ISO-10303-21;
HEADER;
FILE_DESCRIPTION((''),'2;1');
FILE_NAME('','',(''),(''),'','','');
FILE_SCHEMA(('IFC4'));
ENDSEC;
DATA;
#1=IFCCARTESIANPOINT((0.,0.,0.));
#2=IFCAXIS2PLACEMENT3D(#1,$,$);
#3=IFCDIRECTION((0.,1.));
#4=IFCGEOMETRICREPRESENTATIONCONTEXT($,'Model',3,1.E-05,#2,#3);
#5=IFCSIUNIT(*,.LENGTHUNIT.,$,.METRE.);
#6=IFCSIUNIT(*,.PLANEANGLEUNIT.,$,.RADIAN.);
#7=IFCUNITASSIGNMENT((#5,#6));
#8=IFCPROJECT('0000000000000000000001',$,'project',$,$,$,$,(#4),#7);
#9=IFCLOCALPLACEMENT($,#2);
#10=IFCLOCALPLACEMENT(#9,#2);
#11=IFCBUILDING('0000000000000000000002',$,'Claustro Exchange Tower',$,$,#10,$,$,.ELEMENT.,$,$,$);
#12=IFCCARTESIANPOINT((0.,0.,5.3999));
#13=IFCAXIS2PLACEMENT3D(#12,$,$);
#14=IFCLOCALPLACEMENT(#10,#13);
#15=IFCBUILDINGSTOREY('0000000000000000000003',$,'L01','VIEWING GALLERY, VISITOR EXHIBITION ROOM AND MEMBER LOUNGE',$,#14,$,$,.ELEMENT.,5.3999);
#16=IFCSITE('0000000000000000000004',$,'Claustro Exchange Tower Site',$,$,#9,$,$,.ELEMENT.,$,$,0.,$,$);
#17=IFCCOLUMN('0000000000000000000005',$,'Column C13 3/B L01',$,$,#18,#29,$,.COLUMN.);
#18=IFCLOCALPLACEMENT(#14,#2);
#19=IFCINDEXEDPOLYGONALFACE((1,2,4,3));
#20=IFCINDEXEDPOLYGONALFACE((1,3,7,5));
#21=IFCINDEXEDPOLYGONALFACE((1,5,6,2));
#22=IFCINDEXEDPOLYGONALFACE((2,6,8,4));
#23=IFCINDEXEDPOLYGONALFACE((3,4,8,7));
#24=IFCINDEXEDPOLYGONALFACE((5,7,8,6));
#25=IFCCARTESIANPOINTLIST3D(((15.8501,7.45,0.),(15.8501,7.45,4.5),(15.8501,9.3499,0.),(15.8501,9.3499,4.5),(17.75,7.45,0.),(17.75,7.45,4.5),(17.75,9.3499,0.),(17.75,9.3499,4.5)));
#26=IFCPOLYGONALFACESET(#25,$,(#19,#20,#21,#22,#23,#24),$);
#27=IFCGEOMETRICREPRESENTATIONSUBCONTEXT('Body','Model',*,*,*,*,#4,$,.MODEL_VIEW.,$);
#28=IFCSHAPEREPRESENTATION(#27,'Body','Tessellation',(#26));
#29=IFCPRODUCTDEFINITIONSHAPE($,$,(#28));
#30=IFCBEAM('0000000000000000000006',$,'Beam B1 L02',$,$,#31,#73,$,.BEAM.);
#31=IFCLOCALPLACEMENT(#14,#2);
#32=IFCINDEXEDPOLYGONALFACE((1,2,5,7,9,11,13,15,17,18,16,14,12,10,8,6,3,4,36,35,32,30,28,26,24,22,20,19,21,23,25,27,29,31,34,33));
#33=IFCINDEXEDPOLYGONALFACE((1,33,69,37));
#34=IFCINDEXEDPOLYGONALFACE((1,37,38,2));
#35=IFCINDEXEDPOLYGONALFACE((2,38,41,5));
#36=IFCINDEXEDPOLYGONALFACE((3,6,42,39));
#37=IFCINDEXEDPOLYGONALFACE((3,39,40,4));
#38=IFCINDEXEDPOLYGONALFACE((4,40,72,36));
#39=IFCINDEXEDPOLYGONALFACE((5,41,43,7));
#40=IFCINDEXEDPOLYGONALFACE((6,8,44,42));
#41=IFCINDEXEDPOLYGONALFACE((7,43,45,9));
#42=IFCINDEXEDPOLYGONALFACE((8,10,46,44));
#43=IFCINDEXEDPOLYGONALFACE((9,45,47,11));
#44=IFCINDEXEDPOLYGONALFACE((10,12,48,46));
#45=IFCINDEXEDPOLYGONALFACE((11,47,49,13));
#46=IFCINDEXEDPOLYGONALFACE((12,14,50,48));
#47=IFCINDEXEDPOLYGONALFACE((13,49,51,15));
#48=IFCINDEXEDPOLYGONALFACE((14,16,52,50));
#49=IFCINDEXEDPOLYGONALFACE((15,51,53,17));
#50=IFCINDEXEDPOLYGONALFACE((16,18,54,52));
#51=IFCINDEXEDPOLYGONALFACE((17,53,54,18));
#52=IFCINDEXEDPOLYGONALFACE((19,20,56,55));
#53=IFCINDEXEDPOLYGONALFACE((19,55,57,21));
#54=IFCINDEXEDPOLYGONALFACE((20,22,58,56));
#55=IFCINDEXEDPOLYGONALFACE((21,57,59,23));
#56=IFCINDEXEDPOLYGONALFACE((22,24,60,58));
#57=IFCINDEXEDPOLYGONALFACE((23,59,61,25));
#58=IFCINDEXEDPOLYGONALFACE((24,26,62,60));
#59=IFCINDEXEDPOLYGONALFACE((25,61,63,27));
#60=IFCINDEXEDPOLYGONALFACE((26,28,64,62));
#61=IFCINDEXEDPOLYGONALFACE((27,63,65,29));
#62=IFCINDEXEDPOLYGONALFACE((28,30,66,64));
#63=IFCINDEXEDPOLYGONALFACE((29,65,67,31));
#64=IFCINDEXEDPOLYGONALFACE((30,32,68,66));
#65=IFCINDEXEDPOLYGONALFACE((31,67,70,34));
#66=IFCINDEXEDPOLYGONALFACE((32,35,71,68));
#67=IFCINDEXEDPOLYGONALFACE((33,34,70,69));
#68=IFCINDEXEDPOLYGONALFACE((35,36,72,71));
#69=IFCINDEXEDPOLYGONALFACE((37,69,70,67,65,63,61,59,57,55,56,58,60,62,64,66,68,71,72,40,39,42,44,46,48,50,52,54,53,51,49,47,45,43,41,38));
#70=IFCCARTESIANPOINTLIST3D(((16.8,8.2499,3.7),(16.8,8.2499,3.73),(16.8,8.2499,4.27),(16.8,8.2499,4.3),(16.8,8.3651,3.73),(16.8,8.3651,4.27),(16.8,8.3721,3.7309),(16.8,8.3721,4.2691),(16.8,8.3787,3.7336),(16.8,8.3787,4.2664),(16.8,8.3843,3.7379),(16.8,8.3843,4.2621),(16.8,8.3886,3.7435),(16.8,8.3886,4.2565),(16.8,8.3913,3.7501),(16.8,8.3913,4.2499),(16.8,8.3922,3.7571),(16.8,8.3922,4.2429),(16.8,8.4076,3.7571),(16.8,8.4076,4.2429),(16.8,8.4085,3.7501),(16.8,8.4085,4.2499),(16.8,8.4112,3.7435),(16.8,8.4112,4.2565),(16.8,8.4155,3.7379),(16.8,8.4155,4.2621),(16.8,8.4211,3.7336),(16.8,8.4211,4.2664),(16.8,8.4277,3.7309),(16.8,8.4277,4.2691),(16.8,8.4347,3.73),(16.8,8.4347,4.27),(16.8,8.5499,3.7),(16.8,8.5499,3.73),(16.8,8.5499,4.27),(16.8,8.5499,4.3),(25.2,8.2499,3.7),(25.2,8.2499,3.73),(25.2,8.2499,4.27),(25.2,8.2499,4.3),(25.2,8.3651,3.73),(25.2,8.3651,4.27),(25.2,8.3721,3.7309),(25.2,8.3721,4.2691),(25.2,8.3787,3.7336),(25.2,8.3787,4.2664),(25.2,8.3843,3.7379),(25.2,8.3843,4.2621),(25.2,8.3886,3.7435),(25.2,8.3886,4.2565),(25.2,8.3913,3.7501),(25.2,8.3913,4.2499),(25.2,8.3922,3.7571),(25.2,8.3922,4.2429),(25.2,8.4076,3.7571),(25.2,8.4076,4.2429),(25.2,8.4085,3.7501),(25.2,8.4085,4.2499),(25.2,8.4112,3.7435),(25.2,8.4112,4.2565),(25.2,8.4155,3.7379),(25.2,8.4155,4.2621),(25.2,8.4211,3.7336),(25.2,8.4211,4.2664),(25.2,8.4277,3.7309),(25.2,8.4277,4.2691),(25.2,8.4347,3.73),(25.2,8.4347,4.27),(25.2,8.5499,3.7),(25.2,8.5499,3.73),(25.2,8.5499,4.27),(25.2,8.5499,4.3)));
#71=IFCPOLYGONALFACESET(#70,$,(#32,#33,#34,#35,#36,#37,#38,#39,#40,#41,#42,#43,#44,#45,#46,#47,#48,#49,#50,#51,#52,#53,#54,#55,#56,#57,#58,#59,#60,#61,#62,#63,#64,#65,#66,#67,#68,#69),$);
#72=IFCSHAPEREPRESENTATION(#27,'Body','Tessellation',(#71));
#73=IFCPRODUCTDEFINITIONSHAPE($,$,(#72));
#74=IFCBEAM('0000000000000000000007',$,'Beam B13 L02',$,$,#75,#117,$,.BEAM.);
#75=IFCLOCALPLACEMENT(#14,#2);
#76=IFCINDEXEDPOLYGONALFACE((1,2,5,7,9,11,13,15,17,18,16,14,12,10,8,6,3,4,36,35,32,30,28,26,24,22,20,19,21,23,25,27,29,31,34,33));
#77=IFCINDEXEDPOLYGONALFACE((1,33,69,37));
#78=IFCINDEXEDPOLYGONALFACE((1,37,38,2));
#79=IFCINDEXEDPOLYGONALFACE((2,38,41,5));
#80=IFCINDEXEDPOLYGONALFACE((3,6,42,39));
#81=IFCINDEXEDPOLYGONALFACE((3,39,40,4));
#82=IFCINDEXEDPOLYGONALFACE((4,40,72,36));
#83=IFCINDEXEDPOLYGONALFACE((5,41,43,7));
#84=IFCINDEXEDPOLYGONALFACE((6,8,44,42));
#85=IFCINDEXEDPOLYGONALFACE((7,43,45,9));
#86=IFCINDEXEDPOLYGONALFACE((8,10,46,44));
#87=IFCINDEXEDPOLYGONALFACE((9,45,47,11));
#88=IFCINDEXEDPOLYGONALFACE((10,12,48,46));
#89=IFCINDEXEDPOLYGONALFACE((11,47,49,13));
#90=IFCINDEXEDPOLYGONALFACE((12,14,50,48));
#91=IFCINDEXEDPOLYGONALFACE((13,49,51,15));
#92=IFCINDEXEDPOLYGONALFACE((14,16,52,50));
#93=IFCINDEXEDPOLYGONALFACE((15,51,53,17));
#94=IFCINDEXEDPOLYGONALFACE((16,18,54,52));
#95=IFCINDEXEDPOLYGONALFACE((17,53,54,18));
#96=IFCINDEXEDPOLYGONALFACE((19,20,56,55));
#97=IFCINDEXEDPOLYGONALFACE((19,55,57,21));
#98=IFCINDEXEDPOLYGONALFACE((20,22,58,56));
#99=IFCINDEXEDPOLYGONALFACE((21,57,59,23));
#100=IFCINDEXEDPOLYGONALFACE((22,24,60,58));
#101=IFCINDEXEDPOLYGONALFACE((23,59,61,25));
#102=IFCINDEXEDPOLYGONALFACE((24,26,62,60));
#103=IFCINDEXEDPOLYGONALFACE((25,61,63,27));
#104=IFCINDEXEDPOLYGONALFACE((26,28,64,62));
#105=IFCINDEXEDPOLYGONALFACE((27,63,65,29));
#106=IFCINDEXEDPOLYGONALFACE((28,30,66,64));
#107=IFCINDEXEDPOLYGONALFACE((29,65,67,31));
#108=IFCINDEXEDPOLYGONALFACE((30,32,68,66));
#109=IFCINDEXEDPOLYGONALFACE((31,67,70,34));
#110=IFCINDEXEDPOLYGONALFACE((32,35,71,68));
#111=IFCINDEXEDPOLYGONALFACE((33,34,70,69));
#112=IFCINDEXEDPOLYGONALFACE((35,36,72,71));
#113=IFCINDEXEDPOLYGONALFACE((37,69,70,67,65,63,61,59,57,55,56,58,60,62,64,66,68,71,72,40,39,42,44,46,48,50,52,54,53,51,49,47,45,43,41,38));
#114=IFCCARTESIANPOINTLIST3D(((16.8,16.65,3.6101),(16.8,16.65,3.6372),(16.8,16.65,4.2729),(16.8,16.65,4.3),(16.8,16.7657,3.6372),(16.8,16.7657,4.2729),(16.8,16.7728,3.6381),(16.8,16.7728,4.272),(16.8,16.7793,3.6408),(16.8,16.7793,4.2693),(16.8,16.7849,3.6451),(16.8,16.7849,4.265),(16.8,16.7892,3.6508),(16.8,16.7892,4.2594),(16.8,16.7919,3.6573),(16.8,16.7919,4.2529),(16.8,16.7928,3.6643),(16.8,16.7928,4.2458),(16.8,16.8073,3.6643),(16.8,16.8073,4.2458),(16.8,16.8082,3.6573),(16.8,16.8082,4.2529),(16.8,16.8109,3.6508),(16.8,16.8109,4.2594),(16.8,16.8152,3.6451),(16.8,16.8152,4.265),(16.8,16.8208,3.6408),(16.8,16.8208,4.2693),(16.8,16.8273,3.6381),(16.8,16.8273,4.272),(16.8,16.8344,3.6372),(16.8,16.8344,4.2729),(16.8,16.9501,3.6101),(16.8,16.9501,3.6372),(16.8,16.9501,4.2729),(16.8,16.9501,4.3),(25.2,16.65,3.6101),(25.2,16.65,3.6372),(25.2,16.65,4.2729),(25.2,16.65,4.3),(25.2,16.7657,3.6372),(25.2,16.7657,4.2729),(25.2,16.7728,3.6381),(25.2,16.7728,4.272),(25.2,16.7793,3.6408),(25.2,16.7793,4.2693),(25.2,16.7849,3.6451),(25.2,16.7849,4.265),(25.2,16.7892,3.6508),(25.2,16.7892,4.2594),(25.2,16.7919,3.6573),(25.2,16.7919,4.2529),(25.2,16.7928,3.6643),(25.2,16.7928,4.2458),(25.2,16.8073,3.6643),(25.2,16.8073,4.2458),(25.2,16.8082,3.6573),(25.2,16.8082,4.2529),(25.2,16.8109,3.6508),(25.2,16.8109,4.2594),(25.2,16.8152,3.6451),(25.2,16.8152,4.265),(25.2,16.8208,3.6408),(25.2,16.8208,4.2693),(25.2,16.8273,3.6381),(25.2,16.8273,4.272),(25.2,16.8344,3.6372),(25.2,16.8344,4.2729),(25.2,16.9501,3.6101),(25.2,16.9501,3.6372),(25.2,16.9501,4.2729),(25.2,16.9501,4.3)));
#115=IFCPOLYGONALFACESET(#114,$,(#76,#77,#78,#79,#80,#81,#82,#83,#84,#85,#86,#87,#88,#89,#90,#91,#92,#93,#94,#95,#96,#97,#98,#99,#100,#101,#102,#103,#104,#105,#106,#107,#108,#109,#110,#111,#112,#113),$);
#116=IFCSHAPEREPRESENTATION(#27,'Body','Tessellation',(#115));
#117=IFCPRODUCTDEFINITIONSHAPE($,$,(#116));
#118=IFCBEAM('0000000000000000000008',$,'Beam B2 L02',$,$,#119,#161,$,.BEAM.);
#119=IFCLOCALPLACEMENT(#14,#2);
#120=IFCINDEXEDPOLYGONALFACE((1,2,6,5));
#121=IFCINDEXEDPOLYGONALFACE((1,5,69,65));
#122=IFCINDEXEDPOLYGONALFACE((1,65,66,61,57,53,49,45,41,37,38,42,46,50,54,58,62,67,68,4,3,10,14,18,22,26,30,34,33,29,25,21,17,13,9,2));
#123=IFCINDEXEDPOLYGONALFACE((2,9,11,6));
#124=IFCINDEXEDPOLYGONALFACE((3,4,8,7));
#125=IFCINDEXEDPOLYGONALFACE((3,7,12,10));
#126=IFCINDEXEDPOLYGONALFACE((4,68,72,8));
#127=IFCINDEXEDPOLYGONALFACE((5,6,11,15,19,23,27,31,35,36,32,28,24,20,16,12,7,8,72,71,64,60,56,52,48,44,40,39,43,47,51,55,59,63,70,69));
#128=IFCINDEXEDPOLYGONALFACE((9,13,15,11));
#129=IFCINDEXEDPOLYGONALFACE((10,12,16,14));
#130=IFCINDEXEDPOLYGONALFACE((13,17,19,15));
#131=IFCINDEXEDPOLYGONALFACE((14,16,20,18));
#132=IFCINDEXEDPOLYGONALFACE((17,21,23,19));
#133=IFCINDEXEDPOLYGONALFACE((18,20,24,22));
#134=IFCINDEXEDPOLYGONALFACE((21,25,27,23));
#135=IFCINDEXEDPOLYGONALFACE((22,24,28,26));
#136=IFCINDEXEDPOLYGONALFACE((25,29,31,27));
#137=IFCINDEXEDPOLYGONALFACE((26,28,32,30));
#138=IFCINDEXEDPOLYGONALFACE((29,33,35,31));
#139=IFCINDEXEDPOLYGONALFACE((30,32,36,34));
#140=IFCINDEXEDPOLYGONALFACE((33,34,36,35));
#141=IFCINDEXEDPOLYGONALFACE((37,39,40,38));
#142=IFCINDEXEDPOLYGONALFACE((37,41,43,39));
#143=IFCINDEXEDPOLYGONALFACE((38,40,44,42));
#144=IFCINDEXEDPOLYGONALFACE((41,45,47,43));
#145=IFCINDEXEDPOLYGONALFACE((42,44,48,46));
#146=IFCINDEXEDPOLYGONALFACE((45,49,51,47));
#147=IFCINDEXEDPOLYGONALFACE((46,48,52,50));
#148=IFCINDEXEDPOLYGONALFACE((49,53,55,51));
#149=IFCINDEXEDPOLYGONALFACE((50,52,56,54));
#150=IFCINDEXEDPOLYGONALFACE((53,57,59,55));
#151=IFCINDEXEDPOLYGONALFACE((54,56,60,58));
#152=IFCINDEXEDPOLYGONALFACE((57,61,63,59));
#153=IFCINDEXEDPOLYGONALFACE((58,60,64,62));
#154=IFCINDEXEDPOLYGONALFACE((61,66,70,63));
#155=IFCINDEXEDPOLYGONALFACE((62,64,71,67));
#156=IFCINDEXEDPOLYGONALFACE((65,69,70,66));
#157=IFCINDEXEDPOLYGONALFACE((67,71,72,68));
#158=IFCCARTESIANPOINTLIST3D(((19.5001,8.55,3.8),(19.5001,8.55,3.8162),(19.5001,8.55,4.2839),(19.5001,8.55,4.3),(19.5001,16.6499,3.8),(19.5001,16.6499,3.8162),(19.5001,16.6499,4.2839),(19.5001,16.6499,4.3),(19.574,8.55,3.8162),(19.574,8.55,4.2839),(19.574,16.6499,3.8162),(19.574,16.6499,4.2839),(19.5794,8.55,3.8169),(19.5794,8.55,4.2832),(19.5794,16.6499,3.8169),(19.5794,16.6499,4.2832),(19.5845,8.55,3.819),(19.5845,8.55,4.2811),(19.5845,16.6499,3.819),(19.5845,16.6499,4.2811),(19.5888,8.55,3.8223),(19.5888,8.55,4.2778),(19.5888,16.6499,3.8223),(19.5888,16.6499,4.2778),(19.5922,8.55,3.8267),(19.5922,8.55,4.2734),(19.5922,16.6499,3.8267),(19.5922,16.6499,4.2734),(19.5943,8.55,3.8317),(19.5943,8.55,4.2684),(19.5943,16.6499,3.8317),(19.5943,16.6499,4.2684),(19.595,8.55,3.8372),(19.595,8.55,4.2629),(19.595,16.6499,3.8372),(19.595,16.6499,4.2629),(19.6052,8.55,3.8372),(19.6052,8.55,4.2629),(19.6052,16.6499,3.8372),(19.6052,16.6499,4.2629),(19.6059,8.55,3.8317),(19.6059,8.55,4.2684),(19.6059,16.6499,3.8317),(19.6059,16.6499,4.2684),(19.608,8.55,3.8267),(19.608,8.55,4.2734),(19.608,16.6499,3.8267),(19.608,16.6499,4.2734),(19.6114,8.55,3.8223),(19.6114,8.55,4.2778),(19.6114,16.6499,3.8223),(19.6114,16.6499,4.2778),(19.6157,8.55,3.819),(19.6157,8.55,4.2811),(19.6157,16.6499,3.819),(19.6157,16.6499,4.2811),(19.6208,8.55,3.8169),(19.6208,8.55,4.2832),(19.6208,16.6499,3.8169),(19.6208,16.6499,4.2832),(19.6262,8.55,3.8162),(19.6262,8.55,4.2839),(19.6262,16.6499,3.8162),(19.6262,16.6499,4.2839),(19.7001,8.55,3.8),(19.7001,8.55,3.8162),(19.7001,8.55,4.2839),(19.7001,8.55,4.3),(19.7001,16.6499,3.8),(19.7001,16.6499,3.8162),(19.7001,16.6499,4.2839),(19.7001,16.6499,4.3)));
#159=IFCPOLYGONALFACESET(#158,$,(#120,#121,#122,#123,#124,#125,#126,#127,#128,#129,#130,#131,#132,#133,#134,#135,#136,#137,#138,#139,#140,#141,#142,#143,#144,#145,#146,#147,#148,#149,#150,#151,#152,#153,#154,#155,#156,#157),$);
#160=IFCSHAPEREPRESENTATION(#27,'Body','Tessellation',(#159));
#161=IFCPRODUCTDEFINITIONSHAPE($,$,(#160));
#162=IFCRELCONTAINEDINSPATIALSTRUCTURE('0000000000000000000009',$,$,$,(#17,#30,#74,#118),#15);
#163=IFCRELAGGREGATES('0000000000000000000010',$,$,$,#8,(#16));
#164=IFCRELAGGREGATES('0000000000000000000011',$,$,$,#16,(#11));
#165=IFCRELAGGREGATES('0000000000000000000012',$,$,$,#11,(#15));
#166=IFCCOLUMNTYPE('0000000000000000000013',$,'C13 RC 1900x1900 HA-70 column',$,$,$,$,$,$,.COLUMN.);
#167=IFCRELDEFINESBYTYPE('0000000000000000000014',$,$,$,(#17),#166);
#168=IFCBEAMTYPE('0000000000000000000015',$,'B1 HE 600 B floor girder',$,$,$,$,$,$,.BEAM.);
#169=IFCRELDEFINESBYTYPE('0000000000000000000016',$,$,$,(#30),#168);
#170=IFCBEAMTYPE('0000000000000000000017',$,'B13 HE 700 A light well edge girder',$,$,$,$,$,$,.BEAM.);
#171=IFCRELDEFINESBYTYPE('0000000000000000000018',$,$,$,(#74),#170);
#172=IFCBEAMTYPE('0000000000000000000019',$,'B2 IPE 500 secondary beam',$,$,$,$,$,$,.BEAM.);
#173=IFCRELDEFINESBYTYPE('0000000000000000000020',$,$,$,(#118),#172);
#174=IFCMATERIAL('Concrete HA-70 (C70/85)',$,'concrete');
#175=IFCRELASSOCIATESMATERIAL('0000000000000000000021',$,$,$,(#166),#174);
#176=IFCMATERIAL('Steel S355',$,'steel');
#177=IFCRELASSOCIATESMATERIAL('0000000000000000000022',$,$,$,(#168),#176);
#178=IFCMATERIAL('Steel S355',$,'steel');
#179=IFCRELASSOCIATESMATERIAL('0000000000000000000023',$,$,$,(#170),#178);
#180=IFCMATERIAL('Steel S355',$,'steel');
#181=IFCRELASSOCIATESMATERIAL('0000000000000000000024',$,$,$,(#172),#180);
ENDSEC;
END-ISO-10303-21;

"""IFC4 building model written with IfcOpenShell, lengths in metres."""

from ifc_helpers import new_model, si_unit, direction, frame, origin, origin_2d, place, context, subcontext, project, spatial, rectangle, i_section, extrude, material, material_profile, profile_set, type_object, element, save


model = new_model("IFC4")

# Units and contexts
model_context = context("Model", 3, precision=1e-05, world=origin(), true_north=direction((0.0, 1.0)))
body_context = subcontext(model_context, "Body", "Model", "MODEL_VIEW")
ifc_project = project(units=[si_unit("LENGTHUNIT", "METRE"), si_unit("PLANEANGLEUNIT", "RADIAN")], contexts=[model_context])

# Site, building, storey
site_placement = place(None, origin())
site = spatial("IfcSite", under=ifc_project, at=site_placement, Name="Claustro Exchange Tower Site", CompositionType="ELEMENT", RefElevation=0.0)
building_placement = place(site_placement, origin())
building = spatial("IfcBuilding", under=site, at=building_placement, Name="Claustro Exchange Tower", CompositionType="ELEMENT")
storey_placement = place(building_placement, frame((0.0, 0.0, 5.3999)))
storey = spatial("IfcBuildingStorey", under=building, at=storey_placement, Name="L01", Description="VIEWING GALLERY, VISITOR EXHIBITION ROOM AND MEMBER LOUNGE", CompositionType="ELEMENT", Elevation=5.3999)

# Column
ifc_material_1 = material(Name="Concrete HA-70 (C70/85)", Category="concrete")
ifc_material_profile_1 = material_profile(ifc_material_1, rectangle(XDim=1.8999, YDim=1.8999, at=origin_2d()), Name="RC 1900x1900")
ifc_profile_set_1 = profile_set([ifc_material_profile_1], Name="Concrete HA-70 (C70/85)")
column_type = type_object("IfcColumnType", Name="C13 RC 1900x1900 HA-70 column", PredefinedType="COLUMN", material=ifc_profile_set_1)
column_placement = place(storey_placement, frame((16.8, 8.3999, 0.0), z_axis=(0.0, 0.0, 1.0), x_axis=(1.0, 0.0, 0.0)))
element("IfcColumn", 1, at=column_placement, inside=storey, type_object=column_type, Name="Column C13 3/B L01", PredefinedType="COLUMN", context=body_context, shape_type="SweptSolid", body=[
    extrude(rectangle(XDim=1.8999, YDim=1.8999, at=origin_2d()), origin(), (0.0, 0.0, 1.0), 4.5),
])

# Beams
ifc_material_2 = material(Name="Steel S355", Category="steel")
ifc_material_profile_2 = material_profile(ifc_material_2, i_section(OverallWidth=0.3, OverallDepth=0.6001, WebThickness=0.0154, FlangeThickness=0.03, FilletRadius=0.0271, at=origin_2d()), Name="HE 600 B")
ifc_profile_set_2 = profile_set([ifc_material_profile_2], Name="Steel S355")
beam_type_1 = type_object("IfcBeamType", Name="B1 HE 600 B floor girder", PredefinedType="BEAM", material=ifc_profile_set_2)
beam_1_placement = place(storey_placement, frame((16.8, 8.3999, 4.0), z_axis=(1.0, 0.0, 0.0), x_axis=(0.0, 1.0, 0.0)))
element("IfcBeam", 2, at=beam_1_placement, inside=storey, type_object=beam_type_1, Name="Beam B1 L02", PredefinedType="BEAM", context=body_context, shape_type="SweptSolid", body=[
    extrude(i_section(OverallWidth=0.3, OverallDepth=0.6001, WebThickness=0.0154, FlangeThickness=0.03, FilletRadius=0.0271, at=origin_2d()), origin(), (0.0, 0.0, 1.0), 8.3999),
])
ifc_material_3 = material(Name="Steel S355", Category="steel")
ifc_material_profile_3 = material_profile(ifc_material_3, i_section(OverallWidth=0.3, OverallDepth=0.6899, WebThickness=0.0144, FlangeThickness=0.0271, FilletRadius=0.0271, at=origin_2d()), Name="HE 700 A")
ifc_profile_set_3 = profile_set([ifc_material_profile_3], Name="Steel S355")
beam_type_2 = type_object("IfcBeamType", Name="B13 HE 700 A light well edge girder", PredefinedType="BEAM", material=ifc_profile_set_3)
beam_2_placement = place(storey_placement, frame((16.8, 16.8, 3.9551), z_axis=(1.0, 0.0, 0.0), x_axis=(0.0, 1.0, 0.0)))
element("IfcBeam", 3, at=beam_2_placement, inside=storey, type_object=beam_type_2, Name="Beam B13 L02", PredefinedType="BEAM", context=body_context, shape_type="SweptSolid", body=[
    extrude(i_section(OverallWidth=0.3, OverallDepth=0.6899, WebThickness=0.0144, FlangeThickness=0.0271, FilletRadius=0.0271, at=origin_2d()), origin(), (0.0, 0.0, 1.0), 8.3999),
])
ifc_material_4 = material(Name="Steel S355", Category="steel")
ifc_material_profile_4 = material_profile(ifc_material_4, i_section(OverallWidth=0.2, OverallDepth=0.5, WebThickness=0.0103, FlangeThickness=0.0161, FilletRadius=0.021, at=origin_2d()), Name="IPE 500")
ifc_profile_set_4 = profile_set([ifc_material_profile_4], Name="Steel S355")
beam_type_3 = type_object("IfcBeamType", Name="B2 IPE 500 secondary beam", PredefinedType="BEAM", material=ifc_profile_set_4)
for number, where, z_axis, x_axis, name in (
    (4, (19.6001, 8.55, 4.05), (0.0, 1.0, 0.0), (-1.0, 0.0, 0.0), "Beam B2 L02"),
):
    element("IfcBeam", number, at=place(storey_placement, frame(where, z_axis=z_axis, x_axis=x_axis)), inside=storey, type_object=beam_type_3, Name=name, PredefinedType="BEAM", context=body_context, shape_type="SweptSolid", body=[
        extrude(i_section(OverallWidth=0.2, OverallDepth=0.5, WebThickness=0.0103, FlangeThickness=0.0161, FilletRadius=0.021, at=origin_2d()), origin(), (0.0, 0.0, 1.0), 8.0999),
    ])

save(model, "model.ifc")
